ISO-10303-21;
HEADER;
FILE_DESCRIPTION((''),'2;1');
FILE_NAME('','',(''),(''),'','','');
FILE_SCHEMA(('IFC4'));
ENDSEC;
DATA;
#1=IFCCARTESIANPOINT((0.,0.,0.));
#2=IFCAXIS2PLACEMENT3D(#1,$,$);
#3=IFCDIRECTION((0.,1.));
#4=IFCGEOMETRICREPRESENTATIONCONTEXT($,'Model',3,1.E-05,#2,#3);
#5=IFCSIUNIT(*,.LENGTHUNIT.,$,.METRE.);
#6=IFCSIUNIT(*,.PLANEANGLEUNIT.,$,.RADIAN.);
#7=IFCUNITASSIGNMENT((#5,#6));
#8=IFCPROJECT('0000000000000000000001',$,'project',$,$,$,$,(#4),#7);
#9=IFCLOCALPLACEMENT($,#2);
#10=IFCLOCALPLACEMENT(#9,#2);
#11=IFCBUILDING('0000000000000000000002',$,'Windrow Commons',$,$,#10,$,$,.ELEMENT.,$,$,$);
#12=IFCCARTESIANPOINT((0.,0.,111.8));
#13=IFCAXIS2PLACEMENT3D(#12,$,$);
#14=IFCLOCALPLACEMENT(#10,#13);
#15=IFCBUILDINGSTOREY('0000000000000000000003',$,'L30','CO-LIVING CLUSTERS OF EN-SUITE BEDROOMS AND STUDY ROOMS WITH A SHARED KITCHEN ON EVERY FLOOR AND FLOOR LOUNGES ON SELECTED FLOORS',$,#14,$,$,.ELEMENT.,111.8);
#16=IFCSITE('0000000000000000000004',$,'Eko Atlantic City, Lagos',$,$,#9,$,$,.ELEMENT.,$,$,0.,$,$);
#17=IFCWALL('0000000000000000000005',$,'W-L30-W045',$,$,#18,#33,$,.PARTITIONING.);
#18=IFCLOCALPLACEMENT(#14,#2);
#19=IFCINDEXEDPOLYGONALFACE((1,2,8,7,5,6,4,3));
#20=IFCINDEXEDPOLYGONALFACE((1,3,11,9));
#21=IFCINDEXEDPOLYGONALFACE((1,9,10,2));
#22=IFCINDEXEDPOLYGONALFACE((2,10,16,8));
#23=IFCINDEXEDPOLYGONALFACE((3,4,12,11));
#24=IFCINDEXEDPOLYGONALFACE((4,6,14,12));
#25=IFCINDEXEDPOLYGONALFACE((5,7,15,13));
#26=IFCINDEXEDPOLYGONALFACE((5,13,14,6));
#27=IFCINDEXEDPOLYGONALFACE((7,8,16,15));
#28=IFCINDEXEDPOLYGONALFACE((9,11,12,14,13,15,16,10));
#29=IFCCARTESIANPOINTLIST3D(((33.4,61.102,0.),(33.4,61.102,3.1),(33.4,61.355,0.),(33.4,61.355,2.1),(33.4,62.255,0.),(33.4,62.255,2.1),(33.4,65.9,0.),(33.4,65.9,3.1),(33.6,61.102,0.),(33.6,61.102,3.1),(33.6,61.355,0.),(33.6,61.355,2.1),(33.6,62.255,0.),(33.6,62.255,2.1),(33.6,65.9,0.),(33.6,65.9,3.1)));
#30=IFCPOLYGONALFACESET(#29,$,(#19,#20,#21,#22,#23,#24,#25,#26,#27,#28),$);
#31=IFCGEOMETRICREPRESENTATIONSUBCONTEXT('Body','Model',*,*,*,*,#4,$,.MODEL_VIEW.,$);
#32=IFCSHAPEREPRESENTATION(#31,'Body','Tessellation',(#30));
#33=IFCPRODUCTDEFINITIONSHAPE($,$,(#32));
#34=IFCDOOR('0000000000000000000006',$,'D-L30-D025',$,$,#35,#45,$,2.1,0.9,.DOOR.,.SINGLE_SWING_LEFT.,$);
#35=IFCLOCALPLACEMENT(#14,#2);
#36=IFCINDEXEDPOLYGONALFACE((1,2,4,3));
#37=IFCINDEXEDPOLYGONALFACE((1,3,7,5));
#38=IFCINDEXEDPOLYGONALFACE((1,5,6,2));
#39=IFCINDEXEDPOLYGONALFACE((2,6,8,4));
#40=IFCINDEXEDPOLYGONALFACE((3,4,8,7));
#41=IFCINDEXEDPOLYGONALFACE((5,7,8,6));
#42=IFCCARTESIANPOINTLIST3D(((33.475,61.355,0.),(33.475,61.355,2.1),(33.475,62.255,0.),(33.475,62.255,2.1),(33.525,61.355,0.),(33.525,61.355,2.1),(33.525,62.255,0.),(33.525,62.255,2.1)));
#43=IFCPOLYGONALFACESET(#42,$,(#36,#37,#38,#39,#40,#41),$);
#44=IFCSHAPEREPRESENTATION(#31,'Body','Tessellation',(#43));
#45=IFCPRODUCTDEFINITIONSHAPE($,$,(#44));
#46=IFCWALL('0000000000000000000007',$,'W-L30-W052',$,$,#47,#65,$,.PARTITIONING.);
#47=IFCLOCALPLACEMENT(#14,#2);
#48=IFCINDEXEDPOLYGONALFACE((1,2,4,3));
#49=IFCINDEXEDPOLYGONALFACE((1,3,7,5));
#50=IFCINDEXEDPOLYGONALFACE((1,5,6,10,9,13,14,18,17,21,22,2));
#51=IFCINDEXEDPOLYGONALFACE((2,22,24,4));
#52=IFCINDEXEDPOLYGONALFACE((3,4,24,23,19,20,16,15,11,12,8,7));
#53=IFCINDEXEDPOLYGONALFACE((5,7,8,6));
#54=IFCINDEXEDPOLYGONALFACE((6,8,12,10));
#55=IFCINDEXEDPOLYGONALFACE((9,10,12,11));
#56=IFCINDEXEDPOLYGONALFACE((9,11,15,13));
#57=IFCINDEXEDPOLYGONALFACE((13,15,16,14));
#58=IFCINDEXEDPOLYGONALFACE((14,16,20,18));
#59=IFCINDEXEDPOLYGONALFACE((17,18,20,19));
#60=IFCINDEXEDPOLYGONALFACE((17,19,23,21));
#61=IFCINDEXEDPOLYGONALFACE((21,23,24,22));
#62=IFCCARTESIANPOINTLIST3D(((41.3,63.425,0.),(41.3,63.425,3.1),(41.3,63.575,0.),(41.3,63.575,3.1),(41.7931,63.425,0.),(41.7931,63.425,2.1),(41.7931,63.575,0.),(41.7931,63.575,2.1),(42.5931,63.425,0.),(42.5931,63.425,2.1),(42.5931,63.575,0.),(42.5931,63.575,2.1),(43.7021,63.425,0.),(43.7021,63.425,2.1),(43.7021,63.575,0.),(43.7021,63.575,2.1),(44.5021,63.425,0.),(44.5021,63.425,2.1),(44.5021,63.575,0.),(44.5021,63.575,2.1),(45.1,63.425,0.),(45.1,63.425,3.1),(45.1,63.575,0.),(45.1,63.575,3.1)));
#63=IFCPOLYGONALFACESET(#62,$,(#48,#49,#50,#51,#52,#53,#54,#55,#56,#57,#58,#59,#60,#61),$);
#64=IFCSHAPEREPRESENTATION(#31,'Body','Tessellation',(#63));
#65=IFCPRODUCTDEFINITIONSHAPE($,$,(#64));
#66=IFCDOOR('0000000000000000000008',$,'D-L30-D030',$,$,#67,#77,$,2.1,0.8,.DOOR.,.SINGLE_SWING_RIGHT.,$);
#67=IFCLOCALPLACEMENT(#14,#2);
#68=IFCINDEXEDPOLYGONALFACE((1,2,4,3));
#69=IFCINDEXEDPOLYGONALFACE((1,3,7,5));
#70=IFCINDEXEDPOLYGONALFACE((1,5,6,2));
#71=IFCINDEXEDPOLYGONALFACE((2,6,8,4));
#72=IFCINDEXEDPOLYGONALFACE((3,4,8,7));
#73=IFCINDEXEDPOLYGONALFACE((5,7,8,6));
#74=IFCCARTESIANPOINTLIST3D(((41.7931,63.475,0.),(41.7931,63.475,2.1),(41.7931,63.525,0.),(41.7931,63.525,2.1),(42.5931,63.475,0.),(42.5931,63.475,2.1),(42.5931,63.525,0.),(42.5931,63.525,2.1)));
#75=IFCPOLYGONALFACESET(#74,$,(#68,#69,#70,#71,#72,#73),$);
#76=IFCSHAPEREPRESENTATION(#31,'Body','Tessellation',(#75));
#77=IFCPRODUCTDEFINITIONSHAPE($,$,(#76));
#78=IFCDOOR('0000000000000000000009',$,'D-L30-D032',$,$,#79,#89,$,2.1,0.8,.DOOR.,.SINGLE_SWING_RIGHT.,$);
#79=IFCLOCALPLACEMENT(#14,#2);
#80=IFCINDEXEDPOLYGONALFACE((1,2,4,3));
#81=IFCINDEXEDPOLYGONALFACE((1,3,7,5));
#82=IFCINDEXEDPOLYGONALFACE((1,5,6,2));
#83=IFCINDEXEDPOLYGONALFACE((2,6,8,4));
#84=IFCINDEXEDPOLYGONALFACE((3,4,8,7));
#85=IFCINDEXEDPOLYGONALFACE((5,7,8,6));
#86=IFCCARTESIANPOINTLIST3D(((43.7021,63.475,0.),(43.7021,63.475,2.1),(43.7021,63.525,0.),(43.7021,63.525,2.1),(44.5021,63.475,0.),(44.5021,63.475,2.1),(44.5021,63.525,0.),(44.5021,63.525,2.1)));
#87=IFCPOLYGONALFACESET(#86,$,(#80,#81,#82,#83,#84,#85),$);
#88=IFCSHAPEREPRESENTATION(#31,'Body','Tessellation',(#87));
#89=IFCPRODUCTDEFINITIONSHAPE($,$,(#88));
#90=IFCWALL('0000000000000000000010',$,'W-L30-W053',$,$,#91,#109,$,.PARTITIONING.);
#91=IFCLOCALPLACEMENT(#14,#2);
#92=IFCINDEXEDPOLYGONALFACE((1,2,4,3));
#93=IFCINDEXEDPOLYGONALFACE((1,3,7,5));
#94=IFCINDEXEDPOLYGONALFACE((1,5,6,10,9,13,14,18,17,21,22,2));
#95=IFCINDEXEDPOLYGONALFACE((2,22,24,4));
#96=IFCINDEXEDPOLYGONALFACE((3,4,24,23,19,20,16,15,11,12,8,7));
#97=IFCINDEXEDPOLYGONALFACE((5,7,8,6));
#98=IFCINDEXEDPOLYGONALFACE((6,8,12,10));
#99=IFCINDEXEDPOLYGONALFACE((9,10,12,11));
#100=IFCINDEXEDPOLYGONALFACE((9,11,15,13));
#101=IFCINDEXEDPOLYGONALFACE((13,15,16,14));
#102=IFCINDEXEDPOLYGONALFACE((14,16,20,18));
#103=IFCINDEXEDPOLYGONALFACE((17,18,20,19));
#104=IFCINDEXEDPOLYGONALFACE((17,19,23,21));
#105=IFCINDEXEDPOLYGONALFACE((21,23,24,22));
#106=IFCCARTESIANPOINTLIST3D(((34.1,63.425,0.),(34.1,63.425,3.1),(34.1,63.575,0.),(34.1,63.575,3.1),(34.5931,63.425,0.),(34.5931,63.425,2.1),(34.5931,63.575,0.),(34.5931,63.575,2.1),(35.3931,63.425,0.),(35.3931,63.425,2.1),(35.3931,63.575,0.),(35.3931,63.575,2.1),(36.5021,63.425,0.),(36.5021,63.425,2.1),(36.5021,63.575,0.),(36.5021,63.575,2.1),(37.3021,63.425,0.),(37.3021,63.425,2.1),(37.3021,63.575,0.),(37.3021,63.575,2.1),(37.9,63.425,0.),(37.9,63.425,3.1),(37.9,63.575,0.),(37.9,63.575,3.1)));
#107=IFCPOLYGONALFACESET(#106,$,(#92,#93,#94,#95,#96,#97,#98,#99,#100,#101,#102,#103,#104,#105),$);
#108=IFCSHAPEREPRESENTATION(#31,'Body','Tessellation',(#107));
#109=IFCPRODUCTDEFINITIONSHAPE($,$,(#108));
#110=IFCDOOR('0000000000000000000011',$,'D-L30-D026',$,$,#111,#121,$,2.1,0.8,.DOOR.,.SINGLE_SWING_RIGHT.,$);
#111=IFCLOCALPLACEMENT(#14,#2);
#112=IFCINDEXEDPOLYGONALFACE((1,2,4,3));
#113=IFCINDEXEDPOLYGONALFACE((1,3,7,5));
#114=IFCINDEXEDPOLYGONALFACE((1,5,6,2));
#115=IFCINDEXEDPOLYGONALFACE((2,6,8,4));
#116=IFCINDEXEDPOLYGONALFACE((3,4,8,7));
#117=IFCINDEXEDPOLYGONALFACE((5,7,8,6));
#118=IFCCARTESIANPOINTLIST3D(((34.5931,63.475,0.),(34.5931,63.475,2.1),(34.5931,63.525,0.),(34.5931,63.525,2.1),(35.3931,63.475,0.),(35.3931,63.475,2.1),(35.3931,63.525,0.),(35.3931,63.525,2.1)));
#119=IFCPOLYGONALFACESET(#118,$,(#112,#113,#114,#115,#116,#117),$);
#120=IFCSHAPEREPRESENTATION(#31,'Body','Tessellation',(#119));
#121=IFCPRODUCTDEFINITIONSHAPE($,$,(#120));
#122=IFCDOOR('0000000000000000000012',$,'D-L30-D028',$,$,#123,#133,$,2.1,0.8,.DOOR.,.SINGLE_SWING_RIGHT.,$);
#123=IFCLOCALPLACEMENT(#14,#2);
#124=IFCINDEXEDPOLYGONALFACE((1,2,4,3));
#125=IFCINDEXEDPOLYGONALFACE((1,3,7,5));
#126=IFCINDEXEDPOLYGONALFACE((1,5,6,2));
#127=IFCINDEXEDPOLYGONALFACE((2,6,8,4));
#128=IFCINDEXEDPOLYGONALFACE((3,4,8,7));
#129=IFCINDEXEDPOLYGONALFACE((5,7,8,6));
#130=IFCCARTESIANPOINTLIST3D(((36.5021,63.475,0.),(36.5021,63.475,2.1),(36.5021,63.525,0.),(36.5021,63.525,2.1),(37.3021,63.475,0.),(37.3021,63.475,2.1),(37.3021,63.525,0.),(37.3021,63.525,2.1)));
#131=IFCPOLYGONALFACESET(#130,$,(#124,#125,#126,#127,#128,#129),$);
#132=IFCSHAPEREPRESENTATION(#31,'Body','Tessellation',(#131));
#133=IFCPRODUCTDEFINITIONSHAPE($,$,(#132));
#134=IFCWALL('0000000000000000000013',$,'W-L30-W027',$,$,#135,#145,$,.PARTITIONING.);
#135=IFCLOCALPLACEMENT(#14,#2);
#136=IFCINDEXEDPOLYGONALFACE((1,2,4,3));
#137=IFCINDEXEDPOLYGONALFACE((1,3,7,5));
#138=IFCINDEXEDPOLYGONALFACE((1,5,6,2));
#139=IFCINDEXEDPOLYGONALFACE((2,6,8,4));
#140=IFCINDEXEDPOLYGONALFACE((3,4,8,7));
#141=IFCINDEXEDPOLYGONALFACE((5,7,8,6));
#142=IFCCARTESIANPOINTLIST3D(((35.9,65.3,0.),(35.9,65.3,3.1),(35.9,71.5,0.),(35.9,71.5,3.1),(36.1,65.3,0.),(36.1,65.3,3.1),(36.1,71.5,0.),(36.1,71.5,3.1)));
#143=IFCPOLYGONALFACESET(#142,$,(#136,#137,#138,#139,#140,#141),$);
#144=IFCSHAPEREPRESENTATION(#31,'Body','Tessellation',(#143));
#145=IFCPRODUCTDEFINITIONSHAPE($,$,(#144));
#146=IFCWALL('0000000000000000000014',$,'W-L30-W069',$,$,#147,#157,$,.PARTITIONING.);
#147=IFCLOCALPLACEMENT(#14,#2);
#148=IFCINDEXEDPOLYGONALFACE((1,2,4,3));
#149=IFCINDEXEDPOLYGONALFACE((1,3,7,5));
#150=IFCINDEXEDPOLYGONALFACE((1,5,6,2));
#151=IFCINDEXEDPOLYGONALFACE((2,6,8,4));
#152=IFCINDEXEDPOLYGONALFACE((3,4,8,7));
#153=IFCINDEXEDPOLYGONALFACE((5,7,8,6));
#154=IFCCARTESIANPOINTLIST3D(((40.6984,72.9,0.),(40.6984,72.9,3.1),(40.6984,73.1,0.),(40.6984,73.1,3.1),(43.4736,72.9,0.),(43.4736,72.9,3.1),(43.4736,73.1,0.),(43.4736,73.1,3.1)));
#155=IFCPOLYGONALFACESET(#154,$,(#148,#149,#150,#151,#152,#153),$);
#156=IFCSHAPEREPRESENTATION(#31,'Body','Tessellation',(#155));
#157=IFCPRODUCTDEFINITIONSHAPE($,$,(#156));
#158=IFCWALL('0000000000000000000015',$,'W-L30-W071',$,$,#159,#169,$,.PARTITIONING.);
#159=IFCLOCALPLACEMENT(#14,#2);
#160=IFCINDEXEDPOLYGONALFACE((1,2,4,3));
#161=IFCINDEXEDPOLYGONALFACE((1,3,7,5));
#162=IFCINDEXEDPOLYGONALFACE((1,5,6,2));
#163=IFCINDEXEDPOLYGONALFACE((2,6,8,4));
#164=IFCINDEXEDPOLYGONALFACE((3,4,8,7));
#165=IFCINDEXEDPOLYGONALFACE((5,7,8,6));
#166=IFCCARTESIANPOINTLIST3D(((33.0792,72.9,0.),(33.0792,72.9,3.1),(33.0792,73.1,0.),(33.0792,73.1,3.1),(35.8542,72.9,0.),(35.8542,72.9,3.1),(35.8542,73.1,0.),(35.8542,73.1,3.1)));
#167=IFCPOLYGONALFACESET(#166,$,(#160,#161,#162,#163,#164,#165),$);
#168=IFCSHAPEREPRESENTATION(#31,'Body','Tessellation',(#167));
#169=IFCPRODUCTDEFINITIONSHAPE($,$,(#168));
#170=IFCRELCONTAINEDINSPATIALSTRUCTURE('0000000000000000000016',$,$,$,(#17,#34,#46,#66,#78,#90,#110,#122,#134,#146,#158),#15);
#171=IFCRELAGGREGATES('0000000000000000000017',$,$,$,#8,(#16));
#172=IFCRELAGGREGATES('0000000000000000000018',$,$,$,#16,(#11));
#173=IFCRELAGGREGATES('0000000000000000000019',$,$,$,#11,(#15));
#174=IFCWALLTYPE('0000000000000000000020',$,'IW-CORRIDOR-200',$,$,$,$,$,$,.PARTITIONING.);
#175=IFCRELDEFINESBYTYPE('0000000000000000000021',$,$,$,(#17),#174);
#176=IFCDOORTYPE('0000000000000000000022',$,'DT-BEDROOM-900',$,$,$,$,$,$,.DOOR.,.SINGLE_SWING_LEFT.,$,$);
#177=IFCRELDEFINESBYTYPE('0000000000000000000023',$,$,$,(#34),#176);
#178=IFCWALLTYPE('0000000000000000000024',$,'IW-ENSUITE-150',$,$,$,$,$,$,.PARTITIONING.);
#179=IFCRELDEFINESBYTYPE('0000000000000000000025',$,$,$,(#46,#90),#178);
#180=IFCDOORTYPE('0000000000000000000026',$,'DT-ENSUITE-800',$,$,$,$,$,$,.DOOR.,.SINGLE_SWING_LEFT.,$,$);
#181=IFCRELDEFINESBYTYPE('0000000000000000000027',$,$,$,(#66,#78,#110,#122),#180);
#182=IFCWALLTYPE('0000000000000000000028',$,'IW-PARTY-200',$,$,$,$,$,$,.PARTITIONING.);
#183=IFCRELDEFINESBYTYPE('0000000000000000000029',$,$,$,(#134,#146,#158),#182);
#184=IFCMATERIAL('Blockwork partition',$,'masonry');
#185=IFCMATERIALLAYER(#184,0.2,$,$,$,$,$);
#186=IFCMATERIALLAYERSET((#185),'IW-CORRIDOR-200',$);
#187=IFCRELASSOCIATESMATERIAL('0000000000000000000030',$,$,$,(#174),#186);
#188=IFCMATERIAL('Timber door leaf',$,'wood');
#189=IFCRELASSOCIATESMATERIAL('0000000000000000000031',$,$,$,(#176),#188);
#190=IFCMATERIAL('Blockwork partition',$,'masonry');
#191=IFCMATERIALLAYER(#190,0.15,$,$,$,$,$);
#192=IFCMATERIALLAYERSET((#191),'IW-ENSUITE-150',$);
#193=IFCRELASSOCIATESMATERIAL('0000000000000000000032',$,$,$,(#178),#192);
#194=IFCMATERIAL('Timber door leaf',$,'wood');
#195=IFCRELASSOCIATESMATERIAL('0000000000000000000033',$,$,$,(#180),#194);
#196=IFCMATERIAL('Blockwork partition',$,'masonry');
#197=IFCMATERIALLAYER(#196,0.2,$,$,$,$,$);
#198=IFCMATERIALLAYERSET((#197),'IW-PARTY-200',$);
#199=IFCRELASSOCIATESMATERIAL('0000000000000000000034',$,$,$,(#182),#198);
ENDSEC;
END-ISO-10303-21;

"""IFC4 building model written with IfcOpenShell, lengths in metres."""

from ifc_helpers import new_model, si_unit, direction, frame, frame_2d, origin, place, context, subcontext, project, spatial, rectangle, extrude, material, layer, layer_set, type_object, element, fill, save


model = new_model("IFC4")

# Units and contexts
model_context = context("Model", 3, precision=1e-05, world=origin(), true_north=direction((0.0, 1.0)))
body_context = subcontext(model_context, "Body", "Model", "MODEL_VIEW")
ifc_project = project(units=[si_unit("LENGTHUNIT", "METRE"), si_unit("PLANEANGLEUNIT", "RADIAN")], contexts=[model_context])

# Site, building, storey
site_placement = place(None, origin())
site = spatial("IfcSite", under=ifc_project, at=site_placement, Name="Eko Atlantic City, Lagos", CompositionType="ELEMENT", RefElevation=0.0)
building_placement = place(site_placement, origin())
building = spatial("IfcBuilding", under=site, at=building_placement, Name="Windrow Commons", CompositionType="ELEMENT")
storey_placement = place(building_placement, frame((0.0, 0.0, 111.8)))
storey = spatial("IfcBuildingStorey", under=building, at=storey_placement, Name="L30", Description="CO-LIVING CLUSTERS OF EN-SUITE BEDROOMS AND STUDY ROOMS WITH A SHARED KITCHEN ON EVERY FLOOR AND FLOOR LOUNGES ON SELECTED FLOORS", CompositionType="ELEMENT", Elevation=111.8)

# Wall, opening, door
ifc_material_1 = material(Name="Blockwork partition", Category="masonry")
ifc_layer_1 = layer(ifc_material_1, 0.2)
ifc_layer_set_1 = layer_set([ifc_layer_1], Name="IW-CORRIDOR-200")
wall_type_1 = type_object("IfcWallType", Name="IW-CORRIDOR-200", PredefinedType="PARTITIONING", material=ifc_layer_set_1)
wall_1_placement = place(storey_placement, frame((33.5, 61.102, 0.0), z_axis=(0.0, 0.0, 1.0), x_axis=(0.0, 1.0, 0.0)))
wall_1 = element("IfcWall", 1, at=wall_1_placement, inside=storey, type_object=wall_type_1, Name="W-L30-W045", PredefinedType="PARTITIONING", context=body_context, shape_type="SweptSolid", body=[
    extrude(rectangle(XDim=4.798, YDim=0.2, at=frame_2d((2.399, 0.0))), origin(), (0.0, 0.0, 1.0), 3.1),
])
opening_1_placement = place(wall_1_placement, frame((0.253, 0.0, 0.0)))
opening_1 = element("IfcOpeningElement", 2, at=opening_1_placement, cuts=wall_1, PredefinedType="OPENING", context=body_context, shape_type="SweptSolid", body=[
    extrude(rectangle(XDim=0.9, YDim=2.1, at=frame_2d((0.45, 1.05))), frame((0.0, 0.11, 0.0), z_axis=(0.0, -1.0, 0.0), x_axis=(1.0, 0.0, 0.0)), (0.0, 0.0, 1.0), 0.22),
])
ifc_material_2 = material(Name="Timber door leaf", Category="wood")
door_type_1 = type_object("IfcDoorType", Name="DT-BEDROOM-900", OperationType="SINGLE_SWING_LEFT", PredefinedType="DOOR", material=ifc_material_2)
door_1_placement = place(opening_1_placement, origin())
door_1 = element("IfcDoor", 3, at=door_1_placement, inside=storey, type_object=door_type_1, Name="D-L30-D025", OperationType="SINGLE_SWING_LEFT", OverallHeight=2.1, OverallWidth=0.9, PredefinedType="DOOR", context=body_context, shape_type="SweptSolid", body=[
    extrude(rectangle(XDim=0.9, YDim=2.1, at=frame_2d((0.45, 1.05))), frame((0.0, 0.025, 0.0), z_axis=(0.0, -1.0, 0.0), x_axis=(1.0, 0.0, 0.0)), (0.0, 0.0, 1.0), 0.05),
])
fill(opening_1, door_1)

# Walls, openings, doors
ifc_material_3 = material(Name="Blockwork partition", Category="masonry")
ifc_layer_2 = layer(ifc_material_3, 0.15)
ifc_layer_set_2 = layer_set([ifc_layer_2], Name="IW-ENSUITE-150")
wall_type_2 = type_object("IfcWallType", Name="IW-ENSUITE-150", PredefinedType="PARTITIONING", material=ifc_layer_set_2)
wall_2_placement = place(storey_placement, frame((41.3, 63.5, 0.0), z_axis=(0.0, 0.0, 1.0), x_axis=(1.0, 0.0, 0.0)))
wall_2 = element("IfcWall", 4, at=wall_2_placement, inside=storey, type_object=wall_type_2, Name="W-L30-W052", PredefinedType="PARTITIONING", context=body_context, shape_type="SweptSolid", body=[
    extrude(rectangle(XDim=3.8, YDim=0.15, at=frame_2d((1.9, 0.0))), origin(), (0.0, 0.0, 1.0), 3.1),
])
opening_2_placement = place(wall_2_placement, frame((0.4931, 0.0, 0.0)))
opening_2 = element("IfcOpeningElement", 5, at=opening_2_placement, cuts=wall_2, PredefinedType="OPENING", context=body_context, shape_type="SweptSolid", body=[
    extrude(rectangle(XDim=0.8, YDim=2.1, at=frame_2d((0.4, 1.05))), frame((0.0, 0.085, 0.0), z_axis=(0.0, -1.0, 0.0), x_axis=(1.0, 0.0, 0.0)), (0.0, 0.0, 1.0), 0.17),
])
opening_3_placement = place(wall_2_placement, frame((2.4021, 0.0, 0.0)))
opening_3 = element("IfcOpeningElement", 6, at=opening_3_placement, cuts=wall_2, PredefinedType="OPENING", context=body_context, shape_type="SweptSolid", body=[
    extrude(rectangle(XDim=0.8, YDim=2.1, at=frame_2d((0.4, 1.05))), frame((0.0, 0.085, 0.0), z_axis=(0.0, -1.0, 0.0), x_axis=(1.0, 0.0, 0.0)), (0.0, 0.0, 1.0), 0.17),
])
ifc_material_4 = material(Name="Timber door leaf", Category="wood")
door_type_2 = type_object("IfcDoorType", Name="DT-ENSUITE-800", OperationType="SINGLE_SWING_LEFT", PredefinedType="DOOR", material=ifc_material_4)
door_2_placement = place(opening_2_placement, origin())
door_2 = element("IfcDoor", 7, at=door_2_placement, inside=storey, type_object=door_type_2, Name="D-L30-D030", OperationType="SINGLE_SWING_RIGHT", OverallHeight=2.1, OverallWidth=0.8, PredefinedType="DOOR", context=body_context, shape_type="SweptSolid", body=[
    extrude(rectangle(XDim=0.8, YDim=2.1, at=frame_2d((0.4, 1.05))), frame((0.0, 0.025, 0.0), z_axis=(0.0, -1.0, 0.0), x_axis=(1.0, 0.0, 0.0)), (0.0, 0.0, 1.0), 0.05),
])
fill(opening_2, door_2)
door_3_placement = place(opening_3_placement, origin())
door_3 = element("IfcDoor", 8, at=door_3_placement, inside=storey, type_object=door_type_2, Name="D-L30-D032", OperationType="SINGLE_SWING_RIGHT", OverallHeight=2.1, OverallWidth=0.8, PredefinedType="DOOR", context=body_context, shape_type="SweptSolid", body=[
    extrude(rectangle(XDim=0.8, YDim=2.1, at=frame_2d((0.4, 1.05))), frame((0.0, 0.025, 0.0), z_axis=(0.0, -1.0, 0.0), x_axis=(1.0, 0.0, 0.0)), (0.0, 0.0, 1.0), 0.05),
])
fill(opening_3, door_3)
wall_3_placement = place(storey_placement, frame((34.1, 63.5, 0.0), z_axis=(0.0, 0.0, 1.0), x_axis=(1.0, 0.0, 0.0)))
wall_3 = element("IfcWall", 9, at=wall_3_placement, inside=storey, type_object=wall_type_2, Name="W-L30-W053", PredefinedType="PARTITIONING", context=body_context, shape_type="SweptSolid", body=[
    extrude(rectangle(XDim=3.8, YDim=0.15, at=frame_2d((1.9, 0.0))), origin(), (0.0, 0.0, 1.0), 3.1),
])
opening_4_placement = place(wall_3_placement, frame((0.4931, 0.0, 0.0)))
opening_4 = element("IfcOpeningElement", 10, at=opening_4_placement, cuts=wall_3, PredefinedType="OPENING", context=body_context, shape_type="SweptSolid", body=[
    extrude(rectangle(XDim=0.8, YDim=2.1, at=frame_2d((0.4, 1.05))), frame((0.0, 0.085, 0.0), z_axis=(0.0, -1.0, 0.0), x_axis=(1.0, 0.0, 0.0)), (0.0, 0.0, 1.0), 0.17),
])
opening_5_placement = place(wall_3_placement, frame((2.4021, 0.0, 0.0)))
opening_5 = element("IfcOpeningElement", 11, at=opening_5_placement, cuts=wall_3, PredefinedType="OPENING", context=body_context, shape_type="SweptSolid", body=[
    extrude(rectangle(XDim=0.8, YDim=2.1, at=frame_2d((0.4, 1.05))), frame((0.0, 0.085, 0.0), z_axis=(0.0, -1.0, 0.0), x_axis=(1.0, 0.0, 0.0)), (0.0, 0.0, 1.0), 0.17),
])
door_4_placement = place(opening_4_placement, origin())
door_4 = element("IfcDoor", 12, at=door_4_placement, inside=storey, type_object=door_type_2, Name="D-L30-D026", OperationType="SINGLE_SWING_RIGHT", OverallHeight=2.1, OverallWidth=0.8, PredefinedType="DOOR", context=body_context, shape_type="SweptSolid", body=[
    extrude(rectangle(XDim=0.8, YDim=2.1, at=frame_2d((0.4, 1.05))), frame((0.0, 0.025, 0.0), z_axis=(0.0, -1.0, 0.0), x_axis=(1.0, 0.0, 0.0)), (0.0, 0.0, 1.0), 0.05),
])
fill(opening_4, door_4)
door_5_placement = place(opening_5_placement, origin())
door_5 = element("IfcDoor", 13, at=door_5_placement, inside=storey, type_object=door_type_2, Name="D-L30-D028", OperationType="SINGLE_SWING_RIGHT", OverallHeight=2.1, OverallWidth=0.8, PredefinedType="DOOR", context=body_context, shape_type="SweptSolid", body=[
    extrude(rectangle(XDim=0.8, YDim=2.1, at=frame_2d((0.4, 1.05))), frame((0.0, 0.025, 0.0), z_axis=(0.0, -1.0, 0.0), x_axis=(1.0, 0.0, 0.0)), (0.0, 0.0, 1.0), 0.05),
])
fill(opening_5, door_5)

# Walls
ifc_material_5 = material(Name="Blockwork partition", Category="masonry")
ifc_layer_3 = layer(ifc_material_5, 0.2)
ifc_layer_set_3 = layer_set([ifc_layer_3], Name="IW-PARTY-200")
wall_type_3 = type_object("IfcWallType", Name="IW-PARTY-200", PredefinedType="PARTITIONING", material=ifc_layer_set_3)
wall_4_placement = place(storey_placement, frame((36.0, 65.3, 0.0), z_axis=(0.0, 0.0, 1.0), x_axis=(0.0, 1.0, 0.0)))
element("IfcWall", 14, at=wall_4_placement, inside=storey, type_object=wall_type_3, Name="W-L30-W027", PredefinedType="PARTITIONING", context=body_context, shape_type="SweptSolid", body=[
    extrude(rectangle(XDim=6.2, YDim=0.2, at=frame_2d((3.1, 0.0))), origin(), (0.0, 0.0, 1.0), 3.1),
])
for number, where, z_axis, x_axis, name in (
    (15, (40.6984, 73.0, 0.0), (0.0, 0.0, 1.0), (1.0, 0.0, 0.0), "W-L30-W069"),
    (16, (33.0791, 73.0, 0.0), (0.0, 0.0, 1.0), (1.0, 0.0, 0.0), "W-L30-W071"),
):
    element("IfcWall", number, at=place(storey_placement, frame(where, z_axis=z_axis, x_axis=x_axis)), inside=storey, type_object=wall_type_3, Name=name, PredefinedType="PARTITIONING", context=body_context, shape_type="SweptSolid", body=[
        extrude(rectangle(XDim=2.7751, YDim=0.2, at=frame_2d((1.3876, 0.0))), origin(), (0.0, 0.0, 1.0), 3.1),
    ])

save(model, "model.ifc")
